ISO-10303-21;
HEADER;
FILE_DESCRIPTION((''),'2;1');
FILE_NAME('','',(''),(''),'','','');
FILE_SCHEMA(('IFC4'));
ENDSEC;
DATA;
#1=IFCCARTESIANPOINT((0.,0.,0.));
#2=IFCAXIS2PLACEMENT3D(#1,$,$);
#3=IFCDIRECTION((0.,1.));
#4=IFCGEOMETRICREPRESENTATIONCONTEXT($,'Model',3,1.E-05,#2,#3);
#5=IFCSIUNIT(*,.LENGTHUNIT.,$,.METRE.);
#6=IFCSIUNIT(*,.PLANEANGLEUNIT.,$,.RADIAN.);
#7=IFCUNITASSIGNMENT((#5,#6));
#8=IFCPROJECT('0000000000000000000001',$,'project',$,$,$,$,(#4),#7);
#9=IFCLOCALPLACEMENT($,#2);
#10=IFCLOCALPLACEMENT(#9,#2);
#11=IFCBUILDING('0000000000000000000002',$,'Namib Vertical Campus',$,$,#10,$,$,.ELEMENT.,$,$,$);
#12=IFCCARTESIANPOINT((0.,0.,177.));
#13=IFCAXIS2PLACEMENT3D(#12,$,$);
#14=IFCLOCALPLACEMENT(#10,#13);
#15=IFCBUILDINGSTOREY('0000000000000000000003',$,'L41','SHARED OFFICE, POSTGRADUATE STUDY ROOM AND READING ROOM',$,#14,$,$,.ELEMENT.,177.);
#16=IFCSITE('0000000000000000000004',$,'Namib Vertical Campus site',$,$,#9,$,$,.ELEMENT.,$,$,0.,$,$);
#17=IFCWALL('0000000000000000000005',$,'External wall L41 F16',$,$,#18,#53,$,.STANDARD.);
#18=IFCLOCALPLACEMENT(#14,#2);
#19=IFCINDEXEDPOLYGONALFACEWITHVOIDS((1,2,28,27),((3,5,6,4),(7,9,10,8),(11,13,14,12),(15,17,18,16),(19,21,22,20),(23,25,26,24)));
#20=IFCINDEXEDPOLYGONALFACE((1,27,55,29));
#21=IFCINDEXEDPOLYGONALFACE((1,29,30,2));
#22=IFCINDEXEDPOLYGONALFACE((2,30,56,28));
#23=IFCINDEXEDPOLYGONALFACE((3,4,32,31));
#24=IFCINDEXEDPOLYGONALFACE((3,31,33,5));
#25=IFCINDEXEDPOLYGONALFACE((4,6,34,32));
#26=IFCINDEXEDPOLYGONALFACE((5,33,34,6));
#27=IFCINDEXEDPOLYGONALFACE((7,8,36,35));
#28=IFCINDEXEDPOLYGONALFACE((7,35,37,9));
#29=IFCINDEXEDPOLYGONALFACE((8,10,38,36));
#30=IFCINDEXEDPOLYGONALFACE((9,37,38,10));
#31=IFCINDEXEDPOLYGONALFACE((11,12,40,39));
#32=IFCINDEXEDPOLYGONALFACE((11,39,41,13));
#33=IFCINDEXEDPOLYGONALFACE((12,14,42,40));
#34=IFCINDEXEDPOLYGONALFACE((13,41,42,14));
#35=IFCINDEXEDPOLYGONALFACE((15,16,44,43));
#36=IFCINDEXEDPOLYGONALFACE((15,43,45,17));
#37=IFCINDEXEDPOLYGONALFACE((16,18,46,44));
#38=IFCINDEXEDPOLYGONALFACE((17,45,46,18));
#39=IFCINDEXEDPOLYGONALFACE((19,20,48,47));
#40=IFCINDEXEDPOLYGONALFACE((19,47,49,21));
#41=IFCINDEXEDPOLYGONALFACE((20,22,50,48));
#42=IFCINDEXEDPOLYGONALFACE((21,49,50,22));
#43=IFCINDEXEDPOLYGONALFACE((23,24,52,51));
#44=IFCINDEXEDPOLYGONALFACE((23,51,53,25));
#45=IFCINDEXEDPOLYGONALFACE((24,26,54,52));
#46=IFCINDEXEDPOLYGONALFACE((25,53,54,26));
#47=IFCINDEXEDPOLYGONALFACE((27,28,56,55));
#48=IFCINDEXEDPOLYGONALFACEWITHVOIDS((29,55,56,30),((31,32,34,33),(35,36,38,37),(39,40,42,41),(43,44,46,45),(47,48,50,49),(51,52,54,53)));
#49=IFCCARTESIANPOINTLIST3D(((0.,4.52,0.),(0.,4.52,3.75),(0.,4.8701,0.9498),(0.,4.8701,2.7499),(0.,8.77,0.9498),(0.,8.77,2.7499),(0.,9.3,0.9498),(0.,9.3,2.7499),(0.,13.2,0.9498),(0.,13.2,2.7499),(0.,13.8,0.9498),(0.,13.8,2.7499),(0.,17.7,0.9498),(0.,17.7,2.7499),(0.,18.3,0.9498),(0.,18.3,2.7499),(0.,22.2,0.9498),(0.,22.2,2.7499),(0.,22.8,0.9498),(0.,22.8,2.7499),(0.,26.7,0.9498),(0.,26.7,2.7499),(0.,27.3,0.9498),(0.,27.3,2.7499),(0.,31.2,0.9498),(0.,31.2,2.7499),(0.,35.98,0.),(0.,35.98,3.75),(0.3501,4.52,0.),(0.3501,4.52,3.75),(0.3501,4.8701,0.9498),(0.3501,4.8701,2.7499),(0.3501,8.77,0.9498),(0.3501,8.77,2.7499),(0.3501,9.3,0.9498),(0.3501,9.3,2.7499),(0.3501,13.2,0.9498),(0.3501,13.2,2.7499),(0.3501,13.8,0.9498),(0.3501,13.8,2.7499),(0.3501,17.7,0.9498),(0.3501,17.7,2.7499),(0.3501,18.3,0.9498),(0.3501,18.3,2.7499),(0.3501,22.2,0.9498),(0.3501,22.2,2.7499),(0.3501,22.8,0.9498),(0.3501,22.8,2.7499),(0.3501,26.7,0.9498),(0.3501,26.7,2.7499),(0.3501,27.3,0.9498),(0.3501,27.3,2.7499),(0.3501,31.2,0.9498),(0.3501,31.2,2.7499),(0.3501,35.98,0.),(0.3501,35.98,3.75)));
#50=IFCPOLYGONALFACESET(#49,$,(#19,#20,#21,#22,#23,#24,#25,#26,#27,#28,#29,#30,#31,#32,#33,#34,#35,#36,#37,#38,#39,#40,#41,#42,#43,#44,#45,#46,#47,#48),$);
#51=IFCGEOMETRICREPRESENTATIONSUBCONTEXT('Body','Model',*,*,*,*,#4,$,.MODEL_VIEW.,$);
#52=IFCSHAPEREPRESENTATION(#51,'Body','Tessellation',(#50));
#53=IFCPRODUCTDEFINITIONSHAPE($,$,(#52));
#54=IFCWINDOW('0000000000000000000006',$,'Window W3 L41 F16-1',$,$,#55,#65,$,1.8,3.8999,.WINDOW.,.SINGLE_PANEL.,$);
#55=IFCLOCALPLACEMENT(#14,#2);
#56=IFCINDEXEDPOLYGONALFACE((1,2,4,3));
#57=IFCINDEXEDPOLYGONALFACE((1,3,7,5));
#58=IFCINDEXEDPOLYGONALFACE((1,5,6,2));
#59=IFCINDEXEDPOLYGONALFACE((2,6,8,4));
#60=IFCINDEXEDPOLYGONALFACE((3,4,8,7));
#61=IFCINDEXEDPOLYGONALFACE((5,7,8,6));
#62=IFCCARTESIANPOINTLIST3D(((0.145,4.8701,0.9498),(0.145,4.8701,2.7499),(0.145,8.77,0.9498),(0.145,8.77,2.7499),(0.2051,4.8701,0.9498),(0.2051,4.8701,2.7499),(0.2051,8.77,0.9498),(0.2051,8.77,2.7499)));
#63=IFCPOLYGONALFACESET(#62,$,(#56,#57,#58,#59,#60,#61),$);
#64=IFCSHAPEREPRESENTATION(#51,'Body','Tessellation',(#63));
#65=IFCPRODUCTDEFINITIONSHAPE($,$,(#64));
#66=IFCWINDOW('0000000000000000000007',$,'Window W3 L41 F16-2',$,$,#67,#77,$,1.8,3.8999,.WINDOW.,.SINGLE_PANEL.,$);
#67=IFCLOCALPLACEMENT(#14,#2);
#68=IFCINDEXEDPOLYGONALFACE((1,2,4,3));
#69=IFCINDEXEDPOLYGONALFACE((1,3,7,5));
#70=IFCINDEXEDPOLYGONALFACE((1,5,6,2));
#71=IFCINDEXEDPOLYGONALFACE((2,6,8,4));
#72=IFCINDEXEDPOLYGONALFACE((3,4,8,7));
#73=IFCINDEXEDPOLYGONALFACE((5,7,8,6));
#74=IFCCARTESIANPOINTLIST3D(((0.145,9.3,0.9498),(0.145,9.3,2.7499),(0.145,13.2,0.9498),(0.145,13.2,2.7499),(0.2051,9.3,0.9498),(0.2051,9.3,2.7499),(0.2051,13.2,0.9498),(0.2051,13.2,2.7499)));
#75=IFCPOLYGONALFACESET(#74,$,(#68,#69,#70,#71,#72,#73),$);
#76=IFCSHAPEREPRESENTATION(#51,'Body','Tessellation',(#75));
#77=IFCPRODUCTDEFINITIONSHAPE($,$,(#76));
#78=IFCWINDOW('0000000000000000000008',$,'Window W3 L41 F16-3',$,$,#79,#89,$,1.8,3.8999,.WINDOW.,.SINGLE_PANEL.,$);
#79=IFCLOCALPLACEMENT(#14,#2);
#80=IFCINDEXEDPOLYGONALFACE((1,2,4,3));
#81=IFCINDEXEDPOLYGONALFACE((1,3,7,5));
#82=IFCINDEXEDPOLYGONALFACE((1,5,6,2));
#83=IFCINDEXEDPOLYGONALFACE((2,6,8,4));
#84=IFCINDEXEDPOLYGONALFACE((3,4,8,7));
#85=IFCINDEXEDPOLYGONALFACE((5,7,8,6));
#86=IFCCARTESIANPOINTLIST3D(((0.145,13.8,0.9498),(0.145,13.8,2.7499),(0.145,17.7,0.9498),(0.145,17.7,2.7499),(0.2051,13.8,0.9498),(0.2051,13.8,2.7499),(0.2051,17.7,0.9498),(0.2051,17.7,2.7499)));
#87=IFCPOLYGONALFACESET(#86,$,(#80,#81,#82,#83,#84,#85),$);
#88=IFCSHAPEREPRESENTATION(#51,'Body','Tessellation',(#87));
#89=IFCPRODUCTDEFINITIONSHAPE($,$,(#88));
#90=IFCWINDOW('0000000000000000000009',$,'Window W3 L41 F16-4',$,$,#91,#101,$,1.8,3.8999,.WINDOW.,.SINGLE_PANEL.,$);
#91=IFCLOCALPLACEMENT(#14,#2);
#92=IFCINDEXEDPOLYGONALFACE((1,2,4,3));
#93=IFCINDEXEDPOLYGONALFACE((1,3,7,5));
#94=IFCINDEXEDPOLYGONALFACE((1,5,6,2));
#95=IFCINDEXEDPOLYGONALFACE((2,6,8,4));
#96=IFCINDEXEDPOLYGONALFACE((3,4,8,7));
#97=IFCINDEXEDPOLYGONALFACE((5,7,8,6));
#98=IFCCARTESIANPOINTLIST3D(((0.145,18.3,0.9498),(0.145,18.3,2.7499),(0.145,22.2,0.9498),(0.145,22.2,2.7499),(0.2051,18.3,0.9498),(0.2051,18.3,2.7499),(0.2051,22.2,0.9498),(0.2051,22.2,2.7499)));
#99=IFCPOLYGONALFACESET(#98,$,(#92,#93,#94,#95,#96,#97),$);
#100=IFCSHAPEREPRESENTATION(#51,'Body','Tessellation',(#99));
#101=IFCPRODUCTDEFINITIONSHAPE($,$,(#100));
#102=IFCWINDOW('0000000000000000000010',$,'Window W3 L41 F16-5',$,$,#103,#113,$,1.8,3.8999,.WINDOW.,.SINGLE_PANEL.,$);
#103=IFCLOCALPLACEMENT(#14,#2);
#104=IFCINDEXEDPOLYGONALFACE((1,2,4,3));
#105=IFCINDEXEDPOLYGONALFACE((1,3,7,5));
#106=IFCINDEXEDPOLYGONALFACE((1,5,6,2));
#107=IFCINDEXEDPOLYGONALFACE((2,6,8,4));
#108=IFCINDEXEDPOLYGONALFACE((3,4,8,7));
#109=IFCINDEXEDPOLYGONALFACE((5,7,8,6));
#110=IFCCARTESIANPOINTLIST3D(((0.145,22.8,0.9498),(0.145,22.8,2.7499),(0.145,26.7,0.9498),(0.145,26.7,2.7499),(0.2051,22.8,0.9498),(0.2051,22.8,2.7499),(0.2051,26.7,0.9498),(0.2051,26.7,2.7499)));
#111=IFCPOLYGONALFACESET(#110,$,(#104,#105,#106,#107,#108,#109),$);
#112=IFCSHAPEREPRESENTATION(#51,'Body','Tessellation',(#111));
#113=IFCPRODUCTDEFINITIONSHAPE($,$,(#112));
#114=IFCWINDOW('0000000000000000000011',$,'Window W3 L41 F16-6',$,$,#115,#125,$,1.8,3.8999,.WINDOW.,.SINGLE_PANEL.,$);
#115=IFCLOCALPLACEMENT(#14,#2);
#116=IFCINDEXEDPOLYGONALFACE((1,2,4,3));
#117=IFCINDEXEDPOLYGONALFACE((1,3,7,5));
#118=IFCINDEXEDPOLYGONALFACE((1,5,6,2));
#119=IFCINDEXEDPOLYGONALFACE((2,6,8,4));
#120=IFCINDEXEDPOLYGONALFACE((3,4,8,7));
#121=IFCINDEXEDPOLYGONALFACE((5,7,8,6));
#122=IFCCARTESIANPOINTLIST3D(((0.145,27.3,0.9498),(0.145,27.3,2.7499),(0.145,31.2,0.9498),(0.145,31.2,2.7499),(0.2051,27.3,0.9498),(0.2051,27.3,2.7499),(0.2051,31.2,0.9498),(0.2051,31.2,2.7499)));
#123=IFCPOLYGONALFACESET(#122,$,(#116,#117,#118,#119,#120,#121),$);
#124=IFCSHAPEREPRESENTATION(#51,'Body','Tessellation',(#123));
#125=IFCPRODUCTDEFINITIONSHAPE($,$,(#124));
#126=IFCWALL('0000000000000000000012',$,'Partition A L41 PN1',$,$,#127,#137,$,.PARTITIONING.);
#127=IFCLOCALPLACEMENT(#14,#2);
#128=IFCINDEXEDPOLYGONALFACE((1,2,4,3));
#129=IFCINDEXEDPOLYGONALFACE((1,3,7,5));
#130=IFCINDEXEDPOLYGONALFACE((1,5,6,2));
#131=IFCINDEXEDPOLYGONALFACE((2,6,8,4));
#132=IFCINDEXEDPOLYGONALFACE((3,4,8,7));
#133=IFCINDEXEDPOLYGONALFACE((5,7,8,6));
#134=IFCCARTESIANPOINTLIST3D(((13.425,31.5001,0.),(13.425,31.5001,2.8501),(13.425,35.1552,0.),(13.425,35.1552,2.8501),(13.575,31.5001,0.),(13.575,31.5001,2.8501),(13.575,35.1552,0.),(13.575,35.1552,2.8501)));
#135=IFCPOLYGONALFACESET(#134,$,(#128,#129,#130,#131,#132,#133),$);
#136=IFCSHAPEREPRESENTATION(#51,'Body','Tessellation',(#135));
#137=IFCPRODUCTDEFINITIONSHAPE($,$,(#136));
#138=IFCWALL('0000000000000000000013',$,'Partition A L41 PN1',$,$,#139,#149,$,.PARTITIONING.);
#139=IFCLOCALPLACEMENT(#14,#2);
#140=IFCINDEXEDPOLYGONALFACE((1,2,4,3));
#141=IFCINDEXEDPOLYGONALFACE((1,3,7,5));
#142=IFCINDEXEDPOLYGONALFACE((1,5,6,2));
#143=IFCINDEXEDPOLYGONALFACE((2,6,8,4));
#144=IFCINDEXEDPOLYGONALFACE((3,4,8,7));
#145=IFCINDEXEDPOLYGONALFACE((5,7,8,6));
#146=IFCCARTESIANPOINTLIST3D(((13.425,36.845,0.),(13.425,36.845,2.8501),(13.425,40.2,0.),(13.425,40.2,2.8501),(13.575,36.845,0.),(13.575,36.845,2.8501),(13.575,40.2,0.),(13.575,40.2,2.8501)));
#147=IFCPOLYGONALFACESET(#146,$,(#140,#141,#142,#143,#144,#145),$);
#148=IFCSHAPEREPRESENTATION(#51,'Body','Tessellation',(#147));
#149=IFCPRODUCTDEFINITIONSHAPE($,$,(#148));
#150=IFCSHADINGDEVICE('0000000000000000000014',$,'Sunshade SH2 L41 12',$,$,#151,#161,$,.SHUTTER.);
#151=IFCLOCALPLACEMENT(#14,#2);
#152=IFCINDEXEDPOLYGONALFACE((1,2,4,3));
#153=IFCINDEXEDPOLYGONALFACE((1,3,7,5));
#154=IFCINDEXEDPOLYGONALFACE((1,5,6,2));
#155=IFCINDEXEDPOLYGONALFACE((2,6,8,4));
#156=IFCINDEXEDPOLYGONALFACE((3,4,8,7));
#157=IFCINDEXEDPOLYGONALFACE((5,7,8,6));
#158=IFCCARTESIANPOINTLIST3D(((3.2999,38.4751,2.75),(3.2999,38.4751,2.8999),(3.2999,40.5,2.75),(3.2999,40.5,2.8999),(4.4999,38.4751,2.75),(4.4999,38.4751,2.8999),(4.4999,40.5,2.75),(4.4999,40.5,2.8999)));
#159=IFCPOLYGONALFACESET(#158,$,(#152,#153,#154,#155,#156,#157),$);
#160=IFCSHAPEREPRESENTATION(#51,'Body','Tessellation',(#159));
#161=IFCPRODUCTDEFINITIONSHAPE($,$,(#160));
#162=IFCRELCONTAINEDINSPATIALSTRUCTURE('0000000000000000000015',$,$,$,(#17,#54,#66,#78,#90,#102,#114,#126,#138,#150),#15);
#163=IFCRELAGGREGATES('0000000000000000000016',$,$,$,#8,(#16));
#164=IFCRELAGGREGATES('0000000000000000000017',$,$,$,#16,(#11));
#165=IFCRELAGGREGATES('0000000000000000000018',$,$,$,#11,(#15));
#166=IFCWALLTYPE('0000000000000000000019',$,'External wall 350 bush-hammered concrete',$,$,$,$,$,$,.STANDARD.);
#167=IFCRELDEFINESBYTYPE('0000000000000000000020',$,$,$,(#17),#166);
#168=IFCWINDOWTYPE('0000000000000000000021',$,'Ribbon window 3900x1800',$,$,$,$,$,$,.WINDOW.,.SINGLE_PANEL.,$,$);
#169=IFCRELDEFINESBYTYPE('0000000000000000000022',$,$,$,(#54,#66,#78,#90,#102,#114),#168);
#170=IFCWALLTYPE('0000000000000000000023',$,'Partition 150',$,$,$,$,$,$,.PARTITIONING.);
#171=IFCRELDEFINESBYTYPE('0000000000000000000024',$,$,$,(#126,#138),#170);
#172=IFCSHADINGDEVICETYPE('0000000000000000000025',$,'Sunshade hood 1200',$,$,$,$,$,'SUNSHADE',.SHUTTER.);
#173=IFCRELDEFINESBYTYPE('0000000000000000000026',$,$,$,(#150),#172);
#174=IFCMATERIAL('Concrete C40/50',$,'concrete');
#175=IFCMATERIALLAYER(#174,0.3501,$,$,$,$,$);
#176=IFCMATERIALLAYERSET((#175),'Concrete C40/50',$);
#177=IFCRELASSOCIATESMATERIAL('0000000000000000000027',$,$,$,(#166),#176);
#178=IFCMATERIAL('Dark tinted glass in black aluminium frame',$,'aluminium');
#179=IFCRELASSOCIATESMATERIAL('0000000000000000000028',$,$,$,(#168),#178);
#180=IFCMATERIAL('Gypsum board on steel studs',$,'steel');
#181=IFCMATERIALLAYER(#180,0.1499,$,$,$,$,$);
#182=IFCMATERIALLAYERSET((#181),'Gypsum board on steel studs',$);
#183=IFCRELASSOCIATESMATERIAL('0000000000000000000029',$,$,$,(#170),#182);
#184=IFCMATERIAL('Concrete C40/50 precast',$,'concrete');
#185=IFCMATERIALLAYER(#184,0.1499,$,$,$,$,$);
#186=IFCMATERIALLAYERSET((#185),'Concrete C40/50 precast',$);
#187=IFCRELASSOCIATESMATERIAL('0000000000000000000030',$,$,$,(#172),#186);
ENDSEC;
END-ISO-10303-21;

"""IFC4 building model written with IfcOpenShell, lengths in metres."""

from ifc_helpers import new_model, si_unit, direction, frame, frame_2d, origin, origin_2d, place, context, subcontext, project, spatial, rectangle, extrude, material, layer, layer_set, type_object, element, fill, save


model = new_model("IFC4")

# Units and contexts
model_context = context("Model", 3, precision=1e-05, world=origin(), true_north=direction((0.0, 1.0)))
body_context = subcontext(model_context, "Body", "Model", "MODEL_VIEW")
ifc_project = project(units=[si_unit("LENGTHUNIT", "METRE"), si_unit("PLANEANGLEUNIT", "RADIAN")], contexts=[model_context])

# Site, building, storey
site_placement = place(None, origin())
site = spatial("IfcSite", under=ifc_project, at=site_placement, Name="Namib Vertical Campus site", CompositionType="ELEMENT", RefElevation=0.0)
building_placement = place(site_placement, origin())
building = spatial("IfcBuilding", under=site, at=building_placement, Name="Namib Vertical Campus", CompositionType="ELEMENT")
storey_placement = place(building_placement, frame((0.0, 0.0, 177.0)))
storey = spatial("IfcBuildingStorey", under=building, at=storey_placement, Name="L41", Description="SHARED OFFICE, POSTGRADUATE STUDY ROOM AND READING ROOM", CompositionType="ELEMENT", Elevation=177.0)

# Shared definitions
ifc_material_1 = material(Name="Concrete C40/50", Category="concrete")
ifc_layer_1 = layer(ifc_material_1, 0.3501)
ifc_layer_set_1 = layer_set([ifc_layer_1], Name="Concrete C40/50")
wall_type_1 = type_object("IfcWallType", Name="External wall 350 bush-hammered concrete", PredefinedType="STANDARD", material=ifc_layer_set_1)

# Wall, openings, windows
wall_1_placement = place(storey_placement, frame((0.175, 35.98, 0.0), z_axis=(0.0, 0.0, 1.0), x_axis=(0.0, -1.0, 0.0)))
wall_1 = element("IfcWall", 1, at=wall_1_placement, inside=storey, type_object=wall_type_1, Name="External wall L41 F16", PredefinedType="STANDARD", context=body_context, shape_type="SweptSolid", body=[
    extrude(rectangle(XDim=31.46, YDim=0.3501, at=frame_2d((15.73, 0.0))), origin(), (0.0, 0.0, 1.0), 3.75),
])
opening_1_placement = place(wall_1_placement, frame((27.21, 0.0, 0.95)))
opening_1 = element("IfcOpeningElement", 2, at=opening_1_placement, cuts=wall_1, PredefinedType="OPENING", context=body_context, shape_type="SweptSolid", body=[
    extrude(rectangle(XDim=3.8999, YDim=1.8, at=frame_2d((1.95, 0.8999))), frame((0.0, 0.1851, 0.0), z_axis=(0.0, -1.0, 0.0), x_axis=(1.0, 0.0, 0.0)), (0.0, 0.0, 1.0), 0.3701),
])
opening_2_placement = place(wall_1_placement, frame((22.78, 0.0, 0.95)))
opening_2 = element("IfcOpeningElement", 3, at=opening_2_placement, cuts=wall_1, PredefinedType="OPENING", context=body_context, shape_type="SweptSolid", body=[
    extrude(rectangle(XDim=3.8999, YDim=1.8, at=frame_2d((1.95, 0.8999))), frame((0.0, 0.1851, 0.0), z_axis=(0.0, -1.0, 0.0), x_axis=(1.0, 0.0, 0.0)), (0.0, 0.0, 1.0), 0.3701),
])
opening_3_placement = place(wall_1_placement, frame((18.28, 0.0, 0.95)))
opening_3 = element("IfcOpeningElement", 4, at=opening_3_placement, cuts=wall_1, PredefinedType="OPENING", context=body_context, shape_type="SweptSolid", body=[
    extrude(rectangle(XDim=3.8999, YDim=1.8, at=frame_2d((1.95, 0.8999))), frame((0.0, 0.1851, 0.0), z_axis=(0.0, -1.0, 0.0), x_axis=(1.0, 0.0, 0.0)), (0.0, 0.0, 1.0), 0.3701),
])
opening_4_placement = place(wall_1_placement, frame((13.78, 0.0, 0.95)))
opening_4 = element("IfcOpeningElement", 5, at=opening_4_placement, cuts=wall_1, PredefinedType="OPENING", context=body_context, shape_type="SweptSolid", body=[
    extrude(rectangle(XDim=3.8999, YDim=1.8, at=frame_2d((1.95, 0.8999))), frame((0.0, 0.1851, 0.0), z_axis=(0.0, -1.0, 0.0), x_axis=(1.0, 0.0, 0.0)), (0.0, 0.0, 1.0), 0.3701),
])
opening_5_placement = place(wall_1_placement, frame((9.28, 0.0, 0.95)))
opening_5 = element("IfcOpeningElement", 6, at=opening_5_placement, cuts=wall_1, PredefinedType="OPENING", context=body_context, shape_type="SweptSolid", body=[
    extrude(rectangle(XDim=3.8999, YDim=1.8, at=frame_2d((1.95, 0.8999))), frame((0.0, 0.1851, 0.0), z_axis=(0.0, -1.0, 0.0), x_axis=(1.0, 0.0, 0.0)), (0.0, 0.0, 1.0), 0.3701),
])
opening_6_placement = place(wall_1_placement, frame((4.78, 0.0, 0.95)))
opening_6 = element("IfcOpeningElement", 7, at=opening_6_placement, cuts=wall_1, PredefinedType="OPENING", context=body_context, shape_type="SweptSolid", body=[
    extrude(rectangle(XDim=3.8999, YDim=1.8, at=frame_2d((1.95, 0.8999))), frame((0.0, 0.1851, 0.0), z_axis=(0.0, -1.0, 0.0), x_axis=(1.0, 0.0, 0.0)), (0.0, 0.0, 1.0), 0.3701),
])
ifc_material_2 = material(Name="Dark tinted glass in black aluminium frame", Category="aluminium")
window_type = type_object("IfcWindowType", Name="Ribbon window 3900x1800", PartitioningType="SINGLE_PANEL", PredefinedType="WINDOW", material=ifc_material_2)
window_1_placement = place(opening_1_placement, origin())
window_1 = element("IfcWindow", 8, at=window_1_placement, inside=storey, type_object=window_type, Name="Window W3 L41 F16-1", OverallHeight=1.8, OverallWidth=3.8999, PartitioningType="SINGLE_PANEL", PredefinedType="WINDOW", context=body_context, shape_type="SweptSolid", body=[
    extrude(rectangle(XDim=3.8999, YDim=1.8, at=frame_2d((1.95, 0.8999))), frame((0.0, 0.03, 0.0), z_axis=(0.0, -1.0, 0.0), x_axis=(1.0, 0.0, 0.0)), (0.0, 0.0, 1.0), 0.0601),
])
fill(opening_1, window_1)
window_2_placement = place(opening_2_placement, origin())
window_2 = element("IfcWindow", 9, at=window_2_placement, inside=storey, type_object=window_type, Name="Window W3 L41 F16-2", OverallHeight=1.8, OverallWidth=3.8999, PartitioningType="SINGLE_PANEL", PredefinedType="WINDOW", context=body_context, shape_type="SweptSolid", body=[
    extrude(rectangle(XDim=3.8999, YDim=1.8, at=frame_2d((1.95, 0.8999))), frame((0.0, 0.03, 0.0), z_axis=(0.0, -1.0, 0.0), x_axis=(1.0, 0.0, 0.0)), (0.0, 0.0, 1.0), 0.0601),
])
fill(opening_2, window_2)
window_3_placement = place(opening_3_placement, origin())
window_3 = element("IfcWindow", 10, at=window_3_placement, inside=storey, type_object=window_type, Name="Window W3 L41 F16-3", OverallHeight=1.8, OverallWidth=3.8999, PartitioningType="SINGLE_PANEL", PredefinedType="WINDOW", context=body_context, shape_type="SweptSolid", body=[
    extrude(rectangle(XDim=3.8999, YDim=1.8, at=frame_2d((1.95, 0.8999))), frame((0.0, 0.03, 0.0), z_axis=(0.0, -1.0, 0.0), x_axis=(1.0, 0.0, 0.0)), (0.0, 0.0, 1.0), 0.0601),
])
fill(opening_3, window_3)
window_4_placement = place(opening_4_placement, origin())
window_4 = element("IfcWindow", 11, at=window_4_placement, inside=storey, type_object=window_type, Name="Window W3 L41 F16-4", OverallHeight=1.8, OverallWidth=3.8999, PartitioningType="SINGLE_PANEL", PredefinedType="WINDOW", context=body_context, shape_type="SweptSolid", body=[
    extrude(rectangle(XDim=3.8999, YDim=1.8, at=frame_2d((1.95, 0.8999))), frame((0.0, 0.03, 0.0), z_axis=(0.0, -1.0, 0.0), x_axis=(1.0, 0.0, 0.0)), (0.0, 0.0, 1.0), 0.0601),
])
fill(opening_4, window_4)
window_5_placement = place(opening_5_placement, origin())
window_5 = element("IfcWindow", 12, at=window_5_placement, inside=storey, type_object=window_type, Name="Window W3 L41 F16-5", OverallHeight=1.8, OverallWidth=3.8999, PartitioningType="SINGLE_PANEL", PredefinedType="WINDOW", context=body_context, shape_type="SweptSolid", body=[
    extrude(rectangle(XDim=3.8999, YDim=1.8, at=frame_2d((1.95, 0.8999))), frame((0.0, 0.03, 0.0), z_axis=(0.0, -1.0, 0.0), x_axis=(1.0, 0.0, 0.0)), (0.0, 0.0, 1.0), 0.0601),
])
fill(opening_5, window_5)
window_6_placement = place(opening_6_placement, origin())
window_6 = element("IfcWindow", 13, at=window_6_placement, inside=storey, type_object=window_type, Name="Window W3 L41 F16-6", OverallHeight=1.8, OverallWidth=3.8999, PartitioningType="SINGLE_PANEL", PredefinedType="WINDOW", context=body_context, shape_type="SweptSolid", body=[
    extrude(rectangle(XDim=3.8999, YDim=1.8, at=frame_2d((1.95, 0.8999))), frame((0.0, 0.03, 0.0), z_axis=(0.0, -1.0, 0.0), x_axis=(1.0, 0.0, 0.0)), (0.0, 0.0, 1.0), 0.0601),
])
fill(opening_6, window_6)

# Walls
ifc_material_3 = material(Name="Gypsum board on steel studs", Category="steel")
ifc_layer_2 = layer(ifc_material_3, 0.1499)
ifc_layer_set_2 = layer_set([ifc_layer_2], Name="Gypsum board on steel studs")
wall_type_2 = type_object("IfcWallType", Name="Partition 150", PredefinedType="PARTITIONING", material=ifc_layer_set_2)
wall_2_placement = place(storey_placement, frame((13.5, 31.5, 0.0), z_axis=(0.0, 0.0, 1.0), x_axis=(0.0, 1.0, 0.0)))
element("IfcWall", 14, at=wall_2_placement, inside=storey, type_object=wall_type_2, Name="Partition A L41 PN1", PredefinedType="PARTITIONING", context=body_context, shape_type="SweptSolid", body=[
    extrude(rectangle(XDim=3.655, YDim=0.1499, at=frame_2d((1.8276, 0.0))), origin(), (0.0, 0.0, 1.0), 2.8501),
])
wall_3_placement = place(storey_placement, frame((13.5, 36.845, 0.0), z_axis=(0.0, 0.0, 1.0), x_axis=(0.0, 1.0, 0.0)))
element("IfcWall", 15, at=wall_3_placement, inside=storey, type_object=wall_type_2, Name="Partition A L41 PN1", PredefinedType="PARTITIONING", context=body_context, shape_type="SweptSolid", body=[
    extrude(rectangle(XDim=3.355, YDim=0.1499, at=frame_2d((1.6775, 0.0))), origin(), (0.0, 0.0, 1.0), 2.8501),
])

# Shading device
ifc_material_4 = material(Name="Concrete C40/50 precast", Category="concrete")
ifc_layer_3 = layer(ifc_material_4, 0.1499)
ifc_layer_set_3 = layer_set([ifc_layer_3], Name="Concrete C40/50 precast")
shading_device_type = type_object("IfcShadingDeviceType", Name="Sunshade hood 1200", ElementType="SUNSHADE", PredefinedType="SHUTTER", material=ifc_layer_set_3)
for number, where, z_axis, x_axis, name in (
    (16, (3.8999, 39.4875, 2.75), (0.0, 0.0, 1.0), (0.0, -1.0, 0.0), "Sunshade SH2 L41 12"),
):
    element("IfcShadingDevice", number, at=place(storey_placement, frame(where, z_axis=z_axis, x_axis=x_axis)), inside=storey, type_object=shading_device_type, Name=name, PredefinedType="SHUTTER", context=body_context, shape_type="SweptSolid", body=[
        extrude(rectangle(XDim=2.0249, YDim=1.2, at=origin_2d()), origin(), (0.0, 0.0, 1.0), 0.1499),
    ])

save(model, "model.ifc")
